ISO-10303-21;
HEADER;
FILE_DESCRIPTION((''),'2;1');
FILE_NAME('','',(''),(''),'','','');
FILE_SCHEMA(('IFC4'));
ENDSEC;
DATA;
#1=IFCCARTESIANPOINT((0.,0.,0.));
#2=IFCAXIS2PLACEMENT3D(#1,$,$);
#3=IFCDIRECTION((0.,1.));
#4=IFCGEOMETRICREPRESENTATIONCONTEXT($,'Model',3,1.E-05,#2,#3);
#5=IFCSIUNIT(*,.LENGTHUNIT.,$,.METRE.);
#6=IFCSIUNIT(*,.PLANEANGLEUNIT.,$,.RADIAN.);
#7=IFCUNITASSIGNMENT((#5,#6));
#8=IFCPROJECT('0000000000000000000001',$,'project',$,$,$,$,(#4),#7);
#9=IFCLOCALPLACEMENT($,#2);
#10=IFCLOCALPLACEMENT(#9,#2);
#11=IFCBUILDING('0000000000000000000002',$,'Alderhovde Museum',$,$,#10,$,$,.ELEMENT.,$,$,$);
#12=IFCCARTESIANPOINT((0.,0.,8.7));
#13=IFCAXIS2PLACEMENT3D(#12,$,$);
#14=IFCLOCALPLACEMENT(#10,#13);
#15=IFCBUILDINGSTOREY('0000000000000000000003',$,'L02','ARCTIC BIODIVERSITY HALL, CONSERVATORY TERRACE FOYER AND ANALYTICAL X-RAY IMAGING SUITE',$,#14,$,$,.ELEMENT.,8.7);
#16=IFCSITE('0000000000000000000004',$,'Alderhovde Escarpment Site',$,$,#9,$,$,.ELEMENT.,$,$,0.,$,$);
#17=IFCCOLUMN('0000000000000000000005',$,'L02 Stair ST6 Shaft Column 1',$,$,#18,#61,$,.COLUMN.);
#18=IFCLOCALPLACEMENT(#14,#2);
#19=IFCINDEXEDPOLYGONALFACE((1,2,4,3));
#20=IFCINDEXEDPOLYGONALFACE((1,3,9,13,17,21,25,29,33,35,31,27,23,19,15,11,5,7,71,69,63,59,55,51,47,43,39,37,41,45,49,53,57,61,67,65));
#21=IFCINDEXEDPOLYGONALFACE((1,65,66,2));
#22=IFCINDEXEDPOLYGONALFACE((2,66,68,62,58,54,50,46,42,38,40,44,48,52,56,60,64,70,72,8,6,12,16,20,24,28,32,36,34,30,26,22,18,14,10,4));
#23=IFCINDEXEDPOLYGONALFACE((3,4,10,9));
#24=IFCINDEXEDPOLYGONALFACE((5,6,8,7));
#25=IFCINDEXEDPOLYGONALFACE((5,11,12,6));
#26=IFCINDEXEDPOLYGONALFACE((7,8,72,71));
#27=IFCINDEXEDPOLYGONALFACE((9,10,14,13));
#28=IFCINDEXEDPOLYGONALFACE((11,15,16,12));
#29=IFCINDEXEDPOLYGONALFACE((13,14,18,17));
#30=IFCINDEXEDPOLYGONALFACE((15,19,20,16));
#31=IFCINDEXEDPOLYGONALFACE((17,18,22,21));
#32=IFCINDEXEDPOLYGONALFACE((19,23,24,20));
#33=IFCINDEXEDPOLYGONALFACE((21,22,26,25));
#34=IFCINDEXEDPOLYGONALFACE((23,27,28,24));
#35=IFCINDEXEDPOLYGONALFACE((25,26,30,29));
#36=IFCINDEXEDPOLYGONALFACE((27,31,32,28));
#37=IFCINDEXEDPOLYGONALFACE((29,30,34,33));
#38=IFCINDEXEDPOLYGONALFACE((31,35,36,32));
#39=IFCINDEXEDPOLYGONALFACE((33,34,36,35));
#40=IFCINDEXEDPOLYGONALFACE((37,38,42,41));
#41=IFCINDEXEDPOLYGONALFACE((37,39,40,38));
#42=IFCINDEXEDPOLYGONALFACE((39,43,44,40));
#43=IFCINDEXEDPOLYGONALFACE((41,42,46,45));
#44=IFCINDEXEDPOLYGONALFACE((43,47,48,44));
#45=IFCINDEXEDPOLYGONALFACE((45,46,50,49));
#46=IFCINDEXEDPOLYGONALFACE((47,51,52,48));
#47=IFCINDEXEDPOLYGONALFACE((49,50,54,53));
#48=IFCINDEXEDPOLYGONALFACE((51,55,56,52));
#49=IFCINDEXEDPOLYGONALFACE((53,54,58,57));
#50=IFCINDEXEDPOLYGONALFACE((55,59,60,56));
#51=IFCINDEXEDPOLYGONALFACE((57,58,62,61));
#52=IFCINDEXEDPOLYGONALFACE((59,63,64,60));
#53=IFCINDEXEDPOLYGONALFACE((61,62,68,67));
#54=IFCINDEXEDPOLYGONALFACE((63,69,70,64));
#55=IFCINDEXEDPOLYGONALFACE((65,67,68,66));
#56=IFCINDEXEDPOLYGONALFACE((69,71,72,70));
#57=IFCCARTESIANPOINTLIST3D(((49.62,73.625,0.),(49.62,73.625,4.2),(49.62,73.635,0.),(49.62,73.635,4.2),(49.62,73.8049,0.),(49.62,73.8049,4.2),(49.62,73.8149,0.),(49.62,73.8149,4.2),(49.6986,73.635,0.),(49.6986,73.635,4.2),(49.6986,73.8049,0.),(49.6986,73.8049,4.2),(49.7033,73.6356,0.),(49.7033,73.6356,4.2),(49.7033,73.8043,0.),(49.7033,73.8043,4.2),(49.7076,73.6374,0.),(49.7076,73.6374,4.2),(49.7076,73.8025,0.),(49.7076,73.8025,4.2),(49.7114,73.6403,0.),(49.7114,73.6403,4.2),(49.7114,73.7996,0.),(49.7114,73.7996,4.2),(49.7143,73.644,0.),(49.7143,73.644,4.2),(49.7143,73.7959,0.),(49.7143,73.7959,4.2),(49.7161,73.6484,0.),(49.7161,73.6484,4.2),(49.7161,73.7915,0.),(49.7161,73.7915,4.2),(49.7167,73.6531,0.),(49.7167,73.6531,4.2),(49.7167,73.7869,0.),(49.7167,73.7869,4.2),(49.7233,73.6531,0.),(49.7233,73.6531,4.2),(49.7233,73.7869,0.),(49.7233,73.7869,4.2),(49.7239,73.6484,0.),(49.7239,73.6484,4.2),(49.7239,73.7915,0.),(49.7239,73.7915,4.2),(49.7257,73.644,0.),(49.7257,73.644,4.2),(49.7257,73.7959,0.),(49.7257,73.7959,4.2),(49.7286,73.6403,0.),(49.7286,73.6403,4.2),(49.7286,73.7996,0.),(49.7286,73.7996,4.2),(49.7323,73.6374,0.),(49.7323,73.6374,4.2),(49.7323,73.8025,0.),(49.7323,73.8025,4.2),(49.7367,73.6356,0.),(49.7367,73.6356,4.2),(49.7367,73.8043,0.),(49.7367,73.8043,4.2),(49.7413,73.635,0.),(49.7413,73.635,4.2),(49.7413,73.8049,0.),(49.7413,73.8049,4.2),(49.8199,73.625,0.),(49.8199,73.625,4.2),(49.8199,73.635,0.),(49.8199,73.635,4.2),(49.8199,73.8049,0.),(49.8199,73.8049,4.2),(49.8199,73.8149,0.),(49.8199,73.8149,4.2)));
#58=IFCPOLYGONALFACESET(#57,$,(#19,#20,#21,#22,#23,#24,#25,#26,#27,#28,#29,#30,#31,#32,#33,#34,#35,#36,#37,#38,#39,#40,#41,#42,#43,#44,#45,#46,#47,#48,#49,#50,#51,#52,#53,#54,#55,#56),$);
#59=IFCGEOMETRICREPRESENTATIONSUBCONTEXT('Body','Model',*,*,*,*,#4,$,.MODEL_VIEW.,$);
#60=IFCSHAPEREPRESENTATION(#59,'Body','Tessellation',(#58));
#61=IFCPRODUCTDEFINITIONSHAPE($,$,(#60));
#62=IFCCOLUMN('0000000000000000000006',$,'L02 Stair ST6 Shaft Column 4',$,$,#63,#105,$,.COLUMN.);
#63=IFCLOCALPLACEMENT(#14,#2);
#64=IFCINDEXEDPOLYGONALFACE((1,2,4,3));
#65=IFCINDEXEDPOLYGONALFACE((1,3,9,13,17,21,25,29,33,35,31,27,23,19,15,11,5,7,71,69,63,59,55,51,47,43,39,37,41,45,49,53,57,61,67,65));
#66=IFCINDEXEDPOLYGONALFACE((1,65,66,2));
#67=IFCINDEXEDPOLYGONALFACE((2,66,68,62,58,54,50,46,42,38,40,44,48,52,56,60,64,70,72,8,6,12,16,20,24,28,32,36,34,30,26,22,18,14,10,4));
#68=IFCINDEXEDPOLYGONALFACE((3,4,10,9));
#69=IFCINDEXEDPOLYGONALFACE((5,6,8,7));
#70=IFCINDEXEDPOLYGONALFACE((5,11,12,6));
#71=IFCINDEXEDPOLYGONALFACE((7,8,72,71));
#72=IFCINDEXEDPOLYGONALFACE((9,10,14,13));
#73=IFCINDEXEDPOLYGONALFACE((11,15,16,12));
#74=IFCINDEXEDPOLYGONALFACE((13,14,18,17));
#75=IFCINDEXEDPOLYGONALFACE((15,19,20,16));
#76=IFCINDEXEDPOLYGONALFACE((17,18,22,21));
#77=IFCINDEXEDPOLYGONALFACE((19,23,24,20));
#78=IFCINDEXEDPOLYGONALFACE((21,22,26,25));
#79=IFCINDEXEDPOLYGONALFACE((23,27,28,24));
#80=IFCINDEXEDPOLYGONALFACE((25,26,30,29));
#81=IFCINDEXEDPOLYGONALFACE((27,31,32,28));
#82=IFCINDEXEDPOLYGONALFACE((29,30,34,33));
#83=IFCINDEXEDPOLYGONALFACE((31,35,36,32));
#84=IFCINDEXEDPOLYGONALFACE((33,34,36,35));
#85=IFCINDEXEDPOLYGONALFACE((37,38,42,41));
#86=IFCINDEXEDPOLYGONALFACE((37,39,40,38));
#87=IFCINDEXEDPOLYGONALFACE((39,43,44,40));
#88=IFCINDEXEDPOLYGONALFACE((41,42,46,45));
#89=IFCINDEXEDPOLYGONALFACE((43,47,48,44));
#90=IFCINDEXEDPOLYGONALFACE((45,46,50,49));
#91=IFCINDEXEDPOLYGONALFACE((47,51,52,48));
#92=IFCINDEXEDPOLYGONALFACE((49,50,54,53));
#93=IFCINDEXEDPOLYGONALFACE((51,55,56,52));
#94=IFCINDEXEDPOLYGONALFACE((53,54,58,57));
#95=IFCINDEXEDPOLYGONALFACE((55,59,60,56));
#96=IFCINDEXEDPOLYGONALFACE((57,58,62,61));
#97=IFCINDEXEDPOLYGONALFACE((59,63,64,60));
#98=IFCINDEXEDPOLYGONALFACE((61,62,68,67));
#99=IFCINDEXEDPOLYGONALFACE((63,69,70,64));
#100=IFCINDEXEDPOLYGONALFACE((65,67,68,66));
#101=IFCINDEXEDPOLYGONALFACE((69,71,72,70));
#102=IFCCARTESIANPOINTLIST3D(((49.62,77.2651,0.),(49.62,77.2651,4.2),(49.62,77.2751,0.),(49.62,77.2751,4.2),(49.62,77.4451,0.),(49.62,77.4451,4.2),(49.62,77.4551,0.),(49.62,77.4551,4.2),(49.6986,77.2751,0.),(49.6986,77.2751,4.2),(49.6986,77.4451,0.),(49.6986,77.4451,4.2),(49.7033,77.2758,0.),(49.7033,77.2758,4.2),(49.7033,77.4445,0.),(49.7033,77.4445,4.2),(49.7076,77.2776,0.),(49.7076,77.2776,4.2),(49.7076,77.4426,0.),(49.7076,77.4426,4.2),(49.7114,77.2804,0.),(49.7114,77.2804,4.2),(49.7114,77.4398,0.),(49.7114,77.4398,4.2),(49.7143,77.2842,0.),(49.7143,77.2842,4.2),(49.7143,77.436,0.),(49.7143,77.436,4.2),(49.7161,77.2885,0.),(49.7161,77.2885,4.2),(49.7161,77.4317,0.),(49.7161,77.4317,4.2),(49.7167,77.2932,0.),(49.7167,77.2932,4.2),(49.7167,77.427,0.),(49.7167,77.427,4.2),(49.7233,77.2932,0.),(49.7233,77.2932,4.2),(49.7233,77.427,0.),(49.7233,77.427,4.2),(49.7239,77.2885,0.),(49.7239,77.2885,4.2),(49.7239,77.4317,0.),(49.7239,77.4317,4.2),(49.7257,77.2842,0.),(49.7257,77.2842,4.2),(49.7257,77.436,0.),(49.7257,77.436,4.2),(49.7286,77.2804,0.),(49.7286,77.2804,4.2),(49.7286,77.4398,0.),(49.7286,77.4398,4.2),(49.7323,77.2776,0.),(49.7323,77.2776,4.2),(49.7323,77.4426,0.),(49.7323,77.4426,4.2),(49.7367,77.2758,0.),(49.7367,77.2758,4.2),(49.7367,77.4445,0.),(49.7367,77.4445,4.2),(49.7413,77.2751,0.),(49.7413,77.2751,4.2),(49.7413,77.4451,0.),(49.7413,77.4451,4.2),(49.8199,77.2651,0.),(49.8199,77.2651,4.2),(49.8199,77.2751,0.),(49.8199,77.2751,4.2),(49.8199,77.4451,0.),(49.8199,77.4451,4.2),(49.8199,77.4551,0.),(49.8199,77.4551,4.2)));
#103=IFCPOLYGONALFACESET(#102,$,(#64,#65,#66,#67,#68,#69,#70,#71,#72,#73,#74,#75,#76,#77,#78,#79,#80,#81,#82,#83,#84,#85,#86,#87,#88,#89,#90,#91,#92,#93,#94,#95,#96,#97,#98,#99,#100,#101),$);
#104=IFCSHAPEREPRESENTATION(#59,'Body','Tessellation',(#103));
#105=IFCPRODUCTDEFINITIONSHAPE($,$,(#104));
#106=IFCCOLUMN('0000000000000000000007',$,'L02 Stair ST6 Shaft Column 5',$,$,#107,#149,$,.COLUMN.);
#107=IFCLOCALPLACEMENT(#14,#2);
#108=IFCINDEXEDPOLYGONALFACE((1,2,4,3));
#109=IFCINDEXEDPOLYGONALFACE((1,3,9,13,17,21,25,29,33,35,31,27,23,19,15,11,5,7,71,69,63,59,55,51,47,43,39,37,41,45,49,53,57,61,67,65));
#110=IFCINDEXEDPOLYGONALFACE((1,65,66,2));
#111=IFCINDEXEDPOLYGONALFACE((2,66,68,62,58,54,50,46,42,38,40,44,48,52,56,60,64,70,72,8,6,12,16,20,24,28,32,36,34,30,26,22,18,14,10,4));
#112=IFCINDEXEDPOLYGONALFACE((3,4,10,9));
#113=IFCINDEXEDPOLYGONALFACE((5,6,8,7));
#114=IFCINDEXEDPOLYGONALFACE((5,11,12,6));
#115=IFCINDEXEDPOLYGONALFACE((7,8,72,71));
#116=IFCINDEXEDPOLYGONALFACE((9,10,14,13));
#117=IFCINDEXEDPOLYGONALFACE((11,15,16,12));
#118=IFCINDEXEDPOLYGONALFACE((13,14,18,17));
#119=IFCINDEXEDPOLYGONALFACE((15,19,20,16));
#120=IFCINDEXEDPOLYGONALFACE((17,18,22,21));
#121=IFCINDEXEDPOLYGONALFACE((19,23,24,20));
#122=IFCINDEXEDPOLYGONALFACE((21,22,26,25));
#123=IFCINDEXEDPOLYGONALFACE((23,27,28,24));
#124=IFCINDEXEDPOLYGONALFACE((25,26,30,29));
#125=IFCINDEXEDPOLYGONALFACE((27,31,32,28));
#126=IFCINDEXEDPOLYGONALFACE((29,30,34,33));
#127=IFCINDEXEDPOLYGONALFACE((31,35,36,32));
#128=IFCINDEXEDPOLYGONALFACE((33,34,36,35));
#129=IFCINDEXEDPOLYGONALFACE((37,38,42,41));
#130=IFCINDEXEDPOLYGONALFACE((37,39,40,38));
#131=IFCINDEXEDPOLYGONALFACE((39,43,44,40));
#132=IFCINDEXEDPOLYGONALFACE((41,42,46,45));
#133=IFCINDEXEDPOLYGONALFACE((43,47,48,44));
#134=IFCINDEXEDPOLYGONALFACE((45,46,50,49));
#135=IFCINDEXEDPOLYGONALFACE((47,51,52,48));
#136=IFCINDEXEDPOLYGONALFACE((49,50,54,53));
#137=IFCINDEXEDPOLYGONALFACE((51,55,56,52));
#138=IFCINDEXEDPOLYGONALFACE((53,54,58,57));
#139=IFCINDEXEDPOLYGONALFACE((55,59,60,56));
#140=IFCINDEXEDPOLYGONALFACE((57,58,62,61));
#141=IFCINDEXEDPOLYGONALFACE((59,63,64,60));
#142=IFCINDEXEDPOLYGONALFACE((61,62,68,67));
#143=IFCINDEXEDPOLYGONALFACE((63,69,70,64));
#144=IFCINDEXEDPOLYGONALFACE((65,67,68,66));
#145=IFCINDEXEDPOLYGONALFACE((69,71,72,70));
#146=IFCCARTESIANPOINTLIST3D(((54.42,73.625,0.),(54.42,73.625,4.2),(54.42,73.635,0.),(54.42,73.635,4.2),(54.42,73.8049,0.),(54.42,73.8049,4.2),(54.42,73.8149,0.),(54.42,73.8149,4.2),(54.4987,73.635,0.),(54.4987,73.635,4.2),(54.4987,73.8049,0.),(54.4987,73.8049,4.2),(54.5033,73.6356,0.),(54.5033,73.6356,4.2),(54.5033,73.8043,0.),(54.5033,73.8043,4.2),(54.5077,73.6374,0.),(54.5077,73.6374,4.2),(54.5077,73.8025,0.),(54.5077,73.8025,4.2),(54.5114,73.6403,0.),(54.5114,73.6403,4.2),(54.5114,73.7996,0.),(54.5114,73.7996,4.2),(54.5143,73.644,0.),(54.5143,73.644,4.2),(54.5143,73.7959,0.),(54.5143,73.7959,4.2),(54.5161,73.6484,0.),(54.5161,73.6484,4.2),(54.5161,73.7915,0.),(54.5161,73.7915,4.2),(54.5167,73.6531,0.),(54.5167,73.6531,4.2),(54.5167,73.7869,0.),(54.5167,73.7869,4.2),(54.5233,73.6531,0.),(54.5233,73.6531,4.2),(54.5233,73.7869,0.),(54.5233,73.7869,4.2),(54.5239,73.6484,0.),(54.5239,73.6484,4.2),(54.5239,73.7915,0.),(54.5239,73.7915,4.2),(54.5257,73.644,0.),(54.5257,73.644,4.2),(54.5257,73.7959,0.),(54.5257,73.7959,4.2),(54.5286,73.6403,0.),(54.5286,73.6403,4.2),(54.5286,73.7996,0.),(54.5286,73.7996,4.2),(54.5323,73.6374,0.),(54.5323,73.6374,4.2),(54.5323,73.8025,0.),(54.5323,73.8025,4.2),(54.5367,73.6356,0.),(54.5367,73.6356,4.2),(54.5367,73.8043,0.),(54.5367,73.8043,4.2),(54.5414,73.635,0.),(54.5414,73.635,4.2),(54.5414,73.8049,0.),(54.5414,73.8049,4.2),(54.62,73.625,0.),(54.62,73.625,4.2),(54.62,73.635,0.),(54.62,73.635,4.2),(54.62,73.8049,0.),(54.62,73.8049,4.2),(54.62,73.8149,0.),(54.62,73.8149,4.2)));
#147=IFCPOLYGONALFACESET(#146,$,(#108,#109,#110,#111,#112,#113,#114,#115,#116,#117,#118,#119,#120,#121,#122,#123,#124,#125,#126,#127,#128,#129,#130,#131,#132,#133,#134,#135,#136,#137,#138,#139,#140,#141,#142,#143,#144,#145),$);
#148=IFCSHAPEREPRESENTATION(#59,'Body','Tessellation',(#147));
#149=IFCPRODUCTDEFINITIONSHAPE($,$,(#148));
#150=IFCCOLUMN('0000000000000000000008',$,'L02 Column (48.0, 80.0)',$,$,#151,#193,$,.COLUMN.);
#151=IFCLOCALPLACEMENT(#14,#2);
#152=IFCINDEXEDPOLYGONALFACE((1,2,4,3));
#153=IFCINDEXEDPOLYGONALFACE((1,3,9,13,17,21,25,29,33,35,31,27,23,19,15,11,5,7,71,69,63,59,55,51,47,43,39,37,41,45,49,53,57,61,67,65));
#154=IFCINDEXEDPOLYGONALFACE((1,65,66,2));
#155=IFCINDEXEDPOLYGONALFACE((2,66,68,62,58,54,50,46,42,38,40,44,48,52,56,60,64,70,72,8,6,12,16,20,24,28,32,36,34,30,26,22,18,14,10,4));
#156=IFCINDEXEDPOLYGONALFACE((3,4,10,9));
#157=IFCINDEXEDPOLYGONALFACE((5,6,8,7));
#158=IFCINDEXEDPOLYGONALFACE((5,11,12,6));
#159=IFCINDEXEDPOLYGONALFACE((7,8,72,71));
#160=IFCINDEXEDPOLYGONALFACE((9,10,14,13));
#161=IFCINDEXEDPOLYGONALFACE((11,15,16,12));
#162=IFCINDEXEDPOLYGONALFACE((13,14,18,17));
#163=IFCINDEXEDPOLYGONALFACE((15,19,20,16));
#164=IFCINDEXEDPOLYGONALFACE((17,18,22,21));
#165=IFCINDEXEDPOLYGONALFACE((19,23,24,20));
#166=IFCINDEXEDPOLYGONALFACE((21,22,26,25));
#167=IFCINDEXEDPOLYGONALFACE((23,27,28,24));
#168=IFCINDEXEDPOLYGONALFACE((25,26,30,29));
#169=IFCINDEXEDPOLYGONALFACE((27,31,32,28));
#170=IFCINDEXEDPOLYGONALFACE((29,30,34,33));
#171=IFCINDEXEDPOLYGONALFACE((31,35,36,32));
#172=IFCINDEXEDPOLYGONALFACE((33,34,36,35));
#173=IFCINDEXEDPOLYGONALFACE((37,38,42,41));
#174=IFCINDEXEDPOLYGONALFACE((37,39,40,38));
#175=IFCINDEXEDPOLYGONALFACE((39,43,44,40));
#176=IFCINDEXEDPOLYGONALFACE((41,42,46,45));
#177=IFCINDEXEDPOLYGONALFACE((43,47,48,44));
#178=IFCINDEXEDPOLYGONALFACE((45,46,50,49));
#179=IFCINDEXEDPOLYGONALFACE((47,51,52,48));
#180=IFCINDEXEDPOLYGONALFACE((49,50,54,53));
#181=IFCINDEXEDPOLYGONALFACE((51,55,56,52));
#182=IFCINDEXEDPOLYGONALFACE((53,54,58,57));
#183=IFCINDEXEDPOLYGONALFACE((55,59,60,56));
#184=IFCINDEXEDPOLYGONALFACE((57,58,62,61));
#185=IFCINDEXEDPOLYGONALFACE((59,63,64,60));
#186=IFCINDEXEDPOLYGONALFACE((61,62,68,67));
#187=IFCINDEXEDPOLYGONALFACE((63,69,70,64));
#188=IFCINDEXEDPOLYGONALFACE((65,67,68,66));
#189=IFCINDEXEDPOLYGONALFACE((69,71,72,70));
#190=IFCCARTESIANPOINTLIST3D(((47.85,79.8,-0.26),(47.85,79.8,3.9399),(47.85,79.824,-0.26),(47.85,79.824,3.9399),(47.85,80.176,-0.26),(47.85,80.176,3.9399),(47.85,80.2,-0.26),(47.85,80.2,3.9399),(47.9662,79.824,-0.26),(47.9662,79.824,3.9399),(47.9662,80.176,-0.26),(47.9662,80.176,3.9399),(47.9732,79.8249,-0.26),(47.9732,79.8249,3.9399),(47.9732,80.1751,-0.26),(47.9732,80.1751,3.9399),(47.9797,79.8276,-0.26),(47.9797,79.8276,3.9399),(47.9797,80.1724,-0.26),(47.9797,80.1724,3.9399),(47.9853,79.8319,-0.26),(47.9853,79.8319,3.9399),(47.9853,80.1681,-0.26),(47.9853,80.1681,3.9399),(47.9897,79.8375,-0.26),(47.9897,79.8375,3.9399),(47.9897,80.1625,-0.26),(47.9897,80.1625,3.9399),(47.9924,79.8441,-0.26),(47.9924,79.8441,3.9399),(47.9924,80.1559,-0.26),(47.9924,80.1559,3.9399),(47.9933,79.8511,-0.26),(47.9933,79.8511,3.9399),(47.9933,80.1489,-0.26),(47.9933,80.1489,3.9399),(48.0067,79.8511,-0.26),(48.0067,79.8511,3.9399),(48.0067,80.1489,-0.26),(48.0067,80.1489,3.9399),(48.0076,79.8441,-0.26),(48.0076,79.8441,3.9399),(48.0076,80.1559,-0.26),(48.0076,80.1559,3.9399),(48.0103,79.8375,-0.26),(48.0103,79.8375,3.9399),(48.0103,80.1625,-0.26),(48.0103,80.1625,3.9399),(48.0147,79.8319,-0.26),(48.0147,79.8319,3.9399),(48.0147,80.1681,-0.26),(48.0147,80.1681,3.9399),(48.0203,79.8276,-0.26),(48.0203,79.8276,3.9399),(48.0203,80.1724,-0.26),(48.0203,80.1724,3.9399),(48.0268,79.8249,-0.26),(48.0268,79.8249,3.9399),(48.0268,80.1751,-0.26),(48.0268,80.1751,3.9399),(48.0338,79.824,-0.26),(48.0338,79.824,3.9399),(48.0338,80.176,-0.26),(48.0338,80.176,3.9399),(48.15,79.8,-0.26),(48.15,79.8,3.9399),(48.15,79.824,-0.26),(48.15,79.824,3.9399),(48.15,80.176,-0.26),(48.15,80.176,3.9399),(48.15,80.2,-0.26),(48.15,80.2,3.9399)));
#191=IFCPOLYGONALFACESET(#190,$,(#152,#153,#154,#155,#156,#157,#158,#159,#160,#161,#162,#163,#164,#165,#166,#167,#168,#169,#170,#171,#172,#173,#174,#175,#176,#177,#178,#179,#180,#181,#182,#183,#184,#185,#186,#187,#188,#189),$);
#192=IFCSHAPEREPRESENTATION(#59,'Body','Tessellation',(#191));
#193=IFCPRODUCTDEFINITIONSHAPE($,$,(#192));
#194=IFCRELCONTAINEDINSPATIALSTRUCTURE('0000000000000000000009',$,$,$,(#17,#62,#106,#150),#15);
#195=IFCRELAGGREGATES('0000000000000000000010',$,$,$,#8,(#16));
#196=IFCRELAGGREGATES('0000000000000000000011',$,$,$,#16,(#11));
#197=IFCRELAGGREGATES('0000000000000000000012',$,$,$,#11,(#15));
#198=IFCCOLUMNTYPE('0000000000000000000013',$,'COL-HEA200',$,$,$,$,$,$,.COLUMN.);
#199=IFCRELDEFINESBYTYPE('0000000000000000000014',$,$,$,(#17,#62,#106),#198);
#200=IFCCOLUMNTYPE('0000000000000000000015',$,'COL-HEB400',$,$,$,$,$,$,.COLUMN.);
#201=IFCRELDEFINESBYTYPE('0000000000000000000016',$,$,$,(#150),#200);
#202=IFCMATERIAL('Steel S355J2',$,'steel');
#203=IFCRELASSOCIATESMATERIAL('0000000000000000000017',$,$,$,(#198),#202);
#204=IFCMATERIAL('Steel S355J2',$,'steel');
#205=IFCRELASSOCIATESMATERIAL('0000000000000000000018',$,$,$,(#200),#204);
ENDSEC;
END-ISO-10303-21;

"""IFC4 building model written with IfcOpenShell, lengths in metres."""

from ifc_helpers import new_model, si_unit, direction, frame, origin, origin_2d, place, context, subcontext, project, spatial, i_section, extrude, material, material_profile, profile_set, type_object, element, save


model = new_model("IFC4")

# Units and contexts
model_context = context("Model", 3, precision=1e-05, world=origin(), true_north=direction((0.0, 1.0)))
body_context = subcontext(model_context, "Body", "Model", "MODEL_VIEW")
ifc_project = project(units=[si_unit("LENGTHUNIT", "METRE"), si_unit("PLANEANGLEUNIT", "RADIAN")], contexts=[model_context])

# Site, building, storey
site_placement = place(None, origin())
site = spatial("IfcSite", under=ifc_project, at=site_placement, Name="Alderhovde Escarpment Site", CompositionType="ELEMENT", RefElevation=0.0)
building_placement = place(site_placement, origin())
building = spatial("IfcBuilding", under=site, at=building_placement, Name="Alderhovde Museum", CompositionType="ELEMENT")
storey_placement = place(building_placement, frame((0.0, 0.0, 8.7)))
storey = spatial("IfcBuildingStorey", under=building, at=storey_placement, Name="L02", Description="ARCTIC BIODIVERSITY HALL, CONSERVATORY TERRACE FOYER AND ANALYTICAL X-RAY IMAGING SUITE", CompositionType="ELEMENT", Elevation=8.7)

# Columns
ifc_material_1 = material(Name="Steel S355J2", Category="steel")
ifc_material_profile_1 = material_profile(ifc_material_1, i_section(OverallWidth=0.2, OverallDepth=0.1899, WebThickness=0.0066, FlangeThickness=0.01, FilletRadius=0.0181, at=origin_2d()), Name="HEA 200")
ifc_profile_set_1 = profile_set([ifc_material_profile_1], Name="Steel S355J2")
column_type_1 = type_object("IfcColumnType", Name="COL-HEA200", PredefinedType="COLUMN", material=ifc_profile_set_1)
for number, where, z_axis, x_axis, name in (
    (1, (49.72, 73.72, 0.0), (0.0, 0.0, 1.0), (1.0, 0.0, 0.0), "L02 Stair ST6 Shaft Column 1"),
    (2, (49.72, 77.3601, 0.0), (0.0, 0.0, 1.0), (1.0, 0.0, 0.0), "L02 Stair ST6 Shaft Column 4"),
    (3, (54.52, 73.72, 0.0), (0.0, 0.0, 1.0), (1.0, 0.0, 0.0), "L02 Stair ST6 Shaft Column 5"),
):
    element("IfcColumn", number, at=place(storey_placement, frame(where, z_axis=z_axis, x_axis=x_axis)), inside=storey, type_object=column_type_1, Name=name, PredefinedType="COLUMN", context=body_context, shape_type="SweptSolid", body=[
        extrude(i_section(OverallWidth=0.2, OverallDepth=0.1899, WebThickness=0.0066, FlangeThickness=0.01, FilletRadius=0.0181, at=origin_2d()), origin(), (0.0, 0.0, 1.0), 4.2),
    ])
ifc_material_2 = material(Name="Steel S355J2", Category="steel")
ifc_material_profile_2 = material_profile(ifc_material_2, i_section(OverallWidth=0.3, OverallDepth=0.3999, WebThickness=0.0134, FlangeThickness=0.0239, FilletRadius=0.0271, at=origin_2d()), Name="HEB 400")
ifc_profile_set_2 = profile_set([ifc_material_profile_2], Name="Steel S355J2")
column_type_2 = type_object("IfcColumnType", Name="COL-HEB400", PredefinedType="COLUMN", material=ifc_profile_set_2)
column_1_placement = place(storey_placement, frame((48.0, 80.0, -0.26), z_axis=(0.0, 0.0, 1.0), x_axis=(1.0, 0.0, 0.0)))
element("IfcColumn", 4, at=column_1_placement, inside=storey, type_object=column_type_2, Name="L02 Column (48.0, 80.0)", PredefinedType="COLUMN", context=body_context, shape_type="SweptSolid", body=[
    extrude(i_section(OverallWidth=0.3, OverallDepth=0.3999, WebThickness=0.0134, FlangeThickness=0.0239, FilletRadius=0.0271, at=origin_2d()), origin(), (0.0, 0.0, 1.0), 4.2),
])

save(model, "model.ifc")
